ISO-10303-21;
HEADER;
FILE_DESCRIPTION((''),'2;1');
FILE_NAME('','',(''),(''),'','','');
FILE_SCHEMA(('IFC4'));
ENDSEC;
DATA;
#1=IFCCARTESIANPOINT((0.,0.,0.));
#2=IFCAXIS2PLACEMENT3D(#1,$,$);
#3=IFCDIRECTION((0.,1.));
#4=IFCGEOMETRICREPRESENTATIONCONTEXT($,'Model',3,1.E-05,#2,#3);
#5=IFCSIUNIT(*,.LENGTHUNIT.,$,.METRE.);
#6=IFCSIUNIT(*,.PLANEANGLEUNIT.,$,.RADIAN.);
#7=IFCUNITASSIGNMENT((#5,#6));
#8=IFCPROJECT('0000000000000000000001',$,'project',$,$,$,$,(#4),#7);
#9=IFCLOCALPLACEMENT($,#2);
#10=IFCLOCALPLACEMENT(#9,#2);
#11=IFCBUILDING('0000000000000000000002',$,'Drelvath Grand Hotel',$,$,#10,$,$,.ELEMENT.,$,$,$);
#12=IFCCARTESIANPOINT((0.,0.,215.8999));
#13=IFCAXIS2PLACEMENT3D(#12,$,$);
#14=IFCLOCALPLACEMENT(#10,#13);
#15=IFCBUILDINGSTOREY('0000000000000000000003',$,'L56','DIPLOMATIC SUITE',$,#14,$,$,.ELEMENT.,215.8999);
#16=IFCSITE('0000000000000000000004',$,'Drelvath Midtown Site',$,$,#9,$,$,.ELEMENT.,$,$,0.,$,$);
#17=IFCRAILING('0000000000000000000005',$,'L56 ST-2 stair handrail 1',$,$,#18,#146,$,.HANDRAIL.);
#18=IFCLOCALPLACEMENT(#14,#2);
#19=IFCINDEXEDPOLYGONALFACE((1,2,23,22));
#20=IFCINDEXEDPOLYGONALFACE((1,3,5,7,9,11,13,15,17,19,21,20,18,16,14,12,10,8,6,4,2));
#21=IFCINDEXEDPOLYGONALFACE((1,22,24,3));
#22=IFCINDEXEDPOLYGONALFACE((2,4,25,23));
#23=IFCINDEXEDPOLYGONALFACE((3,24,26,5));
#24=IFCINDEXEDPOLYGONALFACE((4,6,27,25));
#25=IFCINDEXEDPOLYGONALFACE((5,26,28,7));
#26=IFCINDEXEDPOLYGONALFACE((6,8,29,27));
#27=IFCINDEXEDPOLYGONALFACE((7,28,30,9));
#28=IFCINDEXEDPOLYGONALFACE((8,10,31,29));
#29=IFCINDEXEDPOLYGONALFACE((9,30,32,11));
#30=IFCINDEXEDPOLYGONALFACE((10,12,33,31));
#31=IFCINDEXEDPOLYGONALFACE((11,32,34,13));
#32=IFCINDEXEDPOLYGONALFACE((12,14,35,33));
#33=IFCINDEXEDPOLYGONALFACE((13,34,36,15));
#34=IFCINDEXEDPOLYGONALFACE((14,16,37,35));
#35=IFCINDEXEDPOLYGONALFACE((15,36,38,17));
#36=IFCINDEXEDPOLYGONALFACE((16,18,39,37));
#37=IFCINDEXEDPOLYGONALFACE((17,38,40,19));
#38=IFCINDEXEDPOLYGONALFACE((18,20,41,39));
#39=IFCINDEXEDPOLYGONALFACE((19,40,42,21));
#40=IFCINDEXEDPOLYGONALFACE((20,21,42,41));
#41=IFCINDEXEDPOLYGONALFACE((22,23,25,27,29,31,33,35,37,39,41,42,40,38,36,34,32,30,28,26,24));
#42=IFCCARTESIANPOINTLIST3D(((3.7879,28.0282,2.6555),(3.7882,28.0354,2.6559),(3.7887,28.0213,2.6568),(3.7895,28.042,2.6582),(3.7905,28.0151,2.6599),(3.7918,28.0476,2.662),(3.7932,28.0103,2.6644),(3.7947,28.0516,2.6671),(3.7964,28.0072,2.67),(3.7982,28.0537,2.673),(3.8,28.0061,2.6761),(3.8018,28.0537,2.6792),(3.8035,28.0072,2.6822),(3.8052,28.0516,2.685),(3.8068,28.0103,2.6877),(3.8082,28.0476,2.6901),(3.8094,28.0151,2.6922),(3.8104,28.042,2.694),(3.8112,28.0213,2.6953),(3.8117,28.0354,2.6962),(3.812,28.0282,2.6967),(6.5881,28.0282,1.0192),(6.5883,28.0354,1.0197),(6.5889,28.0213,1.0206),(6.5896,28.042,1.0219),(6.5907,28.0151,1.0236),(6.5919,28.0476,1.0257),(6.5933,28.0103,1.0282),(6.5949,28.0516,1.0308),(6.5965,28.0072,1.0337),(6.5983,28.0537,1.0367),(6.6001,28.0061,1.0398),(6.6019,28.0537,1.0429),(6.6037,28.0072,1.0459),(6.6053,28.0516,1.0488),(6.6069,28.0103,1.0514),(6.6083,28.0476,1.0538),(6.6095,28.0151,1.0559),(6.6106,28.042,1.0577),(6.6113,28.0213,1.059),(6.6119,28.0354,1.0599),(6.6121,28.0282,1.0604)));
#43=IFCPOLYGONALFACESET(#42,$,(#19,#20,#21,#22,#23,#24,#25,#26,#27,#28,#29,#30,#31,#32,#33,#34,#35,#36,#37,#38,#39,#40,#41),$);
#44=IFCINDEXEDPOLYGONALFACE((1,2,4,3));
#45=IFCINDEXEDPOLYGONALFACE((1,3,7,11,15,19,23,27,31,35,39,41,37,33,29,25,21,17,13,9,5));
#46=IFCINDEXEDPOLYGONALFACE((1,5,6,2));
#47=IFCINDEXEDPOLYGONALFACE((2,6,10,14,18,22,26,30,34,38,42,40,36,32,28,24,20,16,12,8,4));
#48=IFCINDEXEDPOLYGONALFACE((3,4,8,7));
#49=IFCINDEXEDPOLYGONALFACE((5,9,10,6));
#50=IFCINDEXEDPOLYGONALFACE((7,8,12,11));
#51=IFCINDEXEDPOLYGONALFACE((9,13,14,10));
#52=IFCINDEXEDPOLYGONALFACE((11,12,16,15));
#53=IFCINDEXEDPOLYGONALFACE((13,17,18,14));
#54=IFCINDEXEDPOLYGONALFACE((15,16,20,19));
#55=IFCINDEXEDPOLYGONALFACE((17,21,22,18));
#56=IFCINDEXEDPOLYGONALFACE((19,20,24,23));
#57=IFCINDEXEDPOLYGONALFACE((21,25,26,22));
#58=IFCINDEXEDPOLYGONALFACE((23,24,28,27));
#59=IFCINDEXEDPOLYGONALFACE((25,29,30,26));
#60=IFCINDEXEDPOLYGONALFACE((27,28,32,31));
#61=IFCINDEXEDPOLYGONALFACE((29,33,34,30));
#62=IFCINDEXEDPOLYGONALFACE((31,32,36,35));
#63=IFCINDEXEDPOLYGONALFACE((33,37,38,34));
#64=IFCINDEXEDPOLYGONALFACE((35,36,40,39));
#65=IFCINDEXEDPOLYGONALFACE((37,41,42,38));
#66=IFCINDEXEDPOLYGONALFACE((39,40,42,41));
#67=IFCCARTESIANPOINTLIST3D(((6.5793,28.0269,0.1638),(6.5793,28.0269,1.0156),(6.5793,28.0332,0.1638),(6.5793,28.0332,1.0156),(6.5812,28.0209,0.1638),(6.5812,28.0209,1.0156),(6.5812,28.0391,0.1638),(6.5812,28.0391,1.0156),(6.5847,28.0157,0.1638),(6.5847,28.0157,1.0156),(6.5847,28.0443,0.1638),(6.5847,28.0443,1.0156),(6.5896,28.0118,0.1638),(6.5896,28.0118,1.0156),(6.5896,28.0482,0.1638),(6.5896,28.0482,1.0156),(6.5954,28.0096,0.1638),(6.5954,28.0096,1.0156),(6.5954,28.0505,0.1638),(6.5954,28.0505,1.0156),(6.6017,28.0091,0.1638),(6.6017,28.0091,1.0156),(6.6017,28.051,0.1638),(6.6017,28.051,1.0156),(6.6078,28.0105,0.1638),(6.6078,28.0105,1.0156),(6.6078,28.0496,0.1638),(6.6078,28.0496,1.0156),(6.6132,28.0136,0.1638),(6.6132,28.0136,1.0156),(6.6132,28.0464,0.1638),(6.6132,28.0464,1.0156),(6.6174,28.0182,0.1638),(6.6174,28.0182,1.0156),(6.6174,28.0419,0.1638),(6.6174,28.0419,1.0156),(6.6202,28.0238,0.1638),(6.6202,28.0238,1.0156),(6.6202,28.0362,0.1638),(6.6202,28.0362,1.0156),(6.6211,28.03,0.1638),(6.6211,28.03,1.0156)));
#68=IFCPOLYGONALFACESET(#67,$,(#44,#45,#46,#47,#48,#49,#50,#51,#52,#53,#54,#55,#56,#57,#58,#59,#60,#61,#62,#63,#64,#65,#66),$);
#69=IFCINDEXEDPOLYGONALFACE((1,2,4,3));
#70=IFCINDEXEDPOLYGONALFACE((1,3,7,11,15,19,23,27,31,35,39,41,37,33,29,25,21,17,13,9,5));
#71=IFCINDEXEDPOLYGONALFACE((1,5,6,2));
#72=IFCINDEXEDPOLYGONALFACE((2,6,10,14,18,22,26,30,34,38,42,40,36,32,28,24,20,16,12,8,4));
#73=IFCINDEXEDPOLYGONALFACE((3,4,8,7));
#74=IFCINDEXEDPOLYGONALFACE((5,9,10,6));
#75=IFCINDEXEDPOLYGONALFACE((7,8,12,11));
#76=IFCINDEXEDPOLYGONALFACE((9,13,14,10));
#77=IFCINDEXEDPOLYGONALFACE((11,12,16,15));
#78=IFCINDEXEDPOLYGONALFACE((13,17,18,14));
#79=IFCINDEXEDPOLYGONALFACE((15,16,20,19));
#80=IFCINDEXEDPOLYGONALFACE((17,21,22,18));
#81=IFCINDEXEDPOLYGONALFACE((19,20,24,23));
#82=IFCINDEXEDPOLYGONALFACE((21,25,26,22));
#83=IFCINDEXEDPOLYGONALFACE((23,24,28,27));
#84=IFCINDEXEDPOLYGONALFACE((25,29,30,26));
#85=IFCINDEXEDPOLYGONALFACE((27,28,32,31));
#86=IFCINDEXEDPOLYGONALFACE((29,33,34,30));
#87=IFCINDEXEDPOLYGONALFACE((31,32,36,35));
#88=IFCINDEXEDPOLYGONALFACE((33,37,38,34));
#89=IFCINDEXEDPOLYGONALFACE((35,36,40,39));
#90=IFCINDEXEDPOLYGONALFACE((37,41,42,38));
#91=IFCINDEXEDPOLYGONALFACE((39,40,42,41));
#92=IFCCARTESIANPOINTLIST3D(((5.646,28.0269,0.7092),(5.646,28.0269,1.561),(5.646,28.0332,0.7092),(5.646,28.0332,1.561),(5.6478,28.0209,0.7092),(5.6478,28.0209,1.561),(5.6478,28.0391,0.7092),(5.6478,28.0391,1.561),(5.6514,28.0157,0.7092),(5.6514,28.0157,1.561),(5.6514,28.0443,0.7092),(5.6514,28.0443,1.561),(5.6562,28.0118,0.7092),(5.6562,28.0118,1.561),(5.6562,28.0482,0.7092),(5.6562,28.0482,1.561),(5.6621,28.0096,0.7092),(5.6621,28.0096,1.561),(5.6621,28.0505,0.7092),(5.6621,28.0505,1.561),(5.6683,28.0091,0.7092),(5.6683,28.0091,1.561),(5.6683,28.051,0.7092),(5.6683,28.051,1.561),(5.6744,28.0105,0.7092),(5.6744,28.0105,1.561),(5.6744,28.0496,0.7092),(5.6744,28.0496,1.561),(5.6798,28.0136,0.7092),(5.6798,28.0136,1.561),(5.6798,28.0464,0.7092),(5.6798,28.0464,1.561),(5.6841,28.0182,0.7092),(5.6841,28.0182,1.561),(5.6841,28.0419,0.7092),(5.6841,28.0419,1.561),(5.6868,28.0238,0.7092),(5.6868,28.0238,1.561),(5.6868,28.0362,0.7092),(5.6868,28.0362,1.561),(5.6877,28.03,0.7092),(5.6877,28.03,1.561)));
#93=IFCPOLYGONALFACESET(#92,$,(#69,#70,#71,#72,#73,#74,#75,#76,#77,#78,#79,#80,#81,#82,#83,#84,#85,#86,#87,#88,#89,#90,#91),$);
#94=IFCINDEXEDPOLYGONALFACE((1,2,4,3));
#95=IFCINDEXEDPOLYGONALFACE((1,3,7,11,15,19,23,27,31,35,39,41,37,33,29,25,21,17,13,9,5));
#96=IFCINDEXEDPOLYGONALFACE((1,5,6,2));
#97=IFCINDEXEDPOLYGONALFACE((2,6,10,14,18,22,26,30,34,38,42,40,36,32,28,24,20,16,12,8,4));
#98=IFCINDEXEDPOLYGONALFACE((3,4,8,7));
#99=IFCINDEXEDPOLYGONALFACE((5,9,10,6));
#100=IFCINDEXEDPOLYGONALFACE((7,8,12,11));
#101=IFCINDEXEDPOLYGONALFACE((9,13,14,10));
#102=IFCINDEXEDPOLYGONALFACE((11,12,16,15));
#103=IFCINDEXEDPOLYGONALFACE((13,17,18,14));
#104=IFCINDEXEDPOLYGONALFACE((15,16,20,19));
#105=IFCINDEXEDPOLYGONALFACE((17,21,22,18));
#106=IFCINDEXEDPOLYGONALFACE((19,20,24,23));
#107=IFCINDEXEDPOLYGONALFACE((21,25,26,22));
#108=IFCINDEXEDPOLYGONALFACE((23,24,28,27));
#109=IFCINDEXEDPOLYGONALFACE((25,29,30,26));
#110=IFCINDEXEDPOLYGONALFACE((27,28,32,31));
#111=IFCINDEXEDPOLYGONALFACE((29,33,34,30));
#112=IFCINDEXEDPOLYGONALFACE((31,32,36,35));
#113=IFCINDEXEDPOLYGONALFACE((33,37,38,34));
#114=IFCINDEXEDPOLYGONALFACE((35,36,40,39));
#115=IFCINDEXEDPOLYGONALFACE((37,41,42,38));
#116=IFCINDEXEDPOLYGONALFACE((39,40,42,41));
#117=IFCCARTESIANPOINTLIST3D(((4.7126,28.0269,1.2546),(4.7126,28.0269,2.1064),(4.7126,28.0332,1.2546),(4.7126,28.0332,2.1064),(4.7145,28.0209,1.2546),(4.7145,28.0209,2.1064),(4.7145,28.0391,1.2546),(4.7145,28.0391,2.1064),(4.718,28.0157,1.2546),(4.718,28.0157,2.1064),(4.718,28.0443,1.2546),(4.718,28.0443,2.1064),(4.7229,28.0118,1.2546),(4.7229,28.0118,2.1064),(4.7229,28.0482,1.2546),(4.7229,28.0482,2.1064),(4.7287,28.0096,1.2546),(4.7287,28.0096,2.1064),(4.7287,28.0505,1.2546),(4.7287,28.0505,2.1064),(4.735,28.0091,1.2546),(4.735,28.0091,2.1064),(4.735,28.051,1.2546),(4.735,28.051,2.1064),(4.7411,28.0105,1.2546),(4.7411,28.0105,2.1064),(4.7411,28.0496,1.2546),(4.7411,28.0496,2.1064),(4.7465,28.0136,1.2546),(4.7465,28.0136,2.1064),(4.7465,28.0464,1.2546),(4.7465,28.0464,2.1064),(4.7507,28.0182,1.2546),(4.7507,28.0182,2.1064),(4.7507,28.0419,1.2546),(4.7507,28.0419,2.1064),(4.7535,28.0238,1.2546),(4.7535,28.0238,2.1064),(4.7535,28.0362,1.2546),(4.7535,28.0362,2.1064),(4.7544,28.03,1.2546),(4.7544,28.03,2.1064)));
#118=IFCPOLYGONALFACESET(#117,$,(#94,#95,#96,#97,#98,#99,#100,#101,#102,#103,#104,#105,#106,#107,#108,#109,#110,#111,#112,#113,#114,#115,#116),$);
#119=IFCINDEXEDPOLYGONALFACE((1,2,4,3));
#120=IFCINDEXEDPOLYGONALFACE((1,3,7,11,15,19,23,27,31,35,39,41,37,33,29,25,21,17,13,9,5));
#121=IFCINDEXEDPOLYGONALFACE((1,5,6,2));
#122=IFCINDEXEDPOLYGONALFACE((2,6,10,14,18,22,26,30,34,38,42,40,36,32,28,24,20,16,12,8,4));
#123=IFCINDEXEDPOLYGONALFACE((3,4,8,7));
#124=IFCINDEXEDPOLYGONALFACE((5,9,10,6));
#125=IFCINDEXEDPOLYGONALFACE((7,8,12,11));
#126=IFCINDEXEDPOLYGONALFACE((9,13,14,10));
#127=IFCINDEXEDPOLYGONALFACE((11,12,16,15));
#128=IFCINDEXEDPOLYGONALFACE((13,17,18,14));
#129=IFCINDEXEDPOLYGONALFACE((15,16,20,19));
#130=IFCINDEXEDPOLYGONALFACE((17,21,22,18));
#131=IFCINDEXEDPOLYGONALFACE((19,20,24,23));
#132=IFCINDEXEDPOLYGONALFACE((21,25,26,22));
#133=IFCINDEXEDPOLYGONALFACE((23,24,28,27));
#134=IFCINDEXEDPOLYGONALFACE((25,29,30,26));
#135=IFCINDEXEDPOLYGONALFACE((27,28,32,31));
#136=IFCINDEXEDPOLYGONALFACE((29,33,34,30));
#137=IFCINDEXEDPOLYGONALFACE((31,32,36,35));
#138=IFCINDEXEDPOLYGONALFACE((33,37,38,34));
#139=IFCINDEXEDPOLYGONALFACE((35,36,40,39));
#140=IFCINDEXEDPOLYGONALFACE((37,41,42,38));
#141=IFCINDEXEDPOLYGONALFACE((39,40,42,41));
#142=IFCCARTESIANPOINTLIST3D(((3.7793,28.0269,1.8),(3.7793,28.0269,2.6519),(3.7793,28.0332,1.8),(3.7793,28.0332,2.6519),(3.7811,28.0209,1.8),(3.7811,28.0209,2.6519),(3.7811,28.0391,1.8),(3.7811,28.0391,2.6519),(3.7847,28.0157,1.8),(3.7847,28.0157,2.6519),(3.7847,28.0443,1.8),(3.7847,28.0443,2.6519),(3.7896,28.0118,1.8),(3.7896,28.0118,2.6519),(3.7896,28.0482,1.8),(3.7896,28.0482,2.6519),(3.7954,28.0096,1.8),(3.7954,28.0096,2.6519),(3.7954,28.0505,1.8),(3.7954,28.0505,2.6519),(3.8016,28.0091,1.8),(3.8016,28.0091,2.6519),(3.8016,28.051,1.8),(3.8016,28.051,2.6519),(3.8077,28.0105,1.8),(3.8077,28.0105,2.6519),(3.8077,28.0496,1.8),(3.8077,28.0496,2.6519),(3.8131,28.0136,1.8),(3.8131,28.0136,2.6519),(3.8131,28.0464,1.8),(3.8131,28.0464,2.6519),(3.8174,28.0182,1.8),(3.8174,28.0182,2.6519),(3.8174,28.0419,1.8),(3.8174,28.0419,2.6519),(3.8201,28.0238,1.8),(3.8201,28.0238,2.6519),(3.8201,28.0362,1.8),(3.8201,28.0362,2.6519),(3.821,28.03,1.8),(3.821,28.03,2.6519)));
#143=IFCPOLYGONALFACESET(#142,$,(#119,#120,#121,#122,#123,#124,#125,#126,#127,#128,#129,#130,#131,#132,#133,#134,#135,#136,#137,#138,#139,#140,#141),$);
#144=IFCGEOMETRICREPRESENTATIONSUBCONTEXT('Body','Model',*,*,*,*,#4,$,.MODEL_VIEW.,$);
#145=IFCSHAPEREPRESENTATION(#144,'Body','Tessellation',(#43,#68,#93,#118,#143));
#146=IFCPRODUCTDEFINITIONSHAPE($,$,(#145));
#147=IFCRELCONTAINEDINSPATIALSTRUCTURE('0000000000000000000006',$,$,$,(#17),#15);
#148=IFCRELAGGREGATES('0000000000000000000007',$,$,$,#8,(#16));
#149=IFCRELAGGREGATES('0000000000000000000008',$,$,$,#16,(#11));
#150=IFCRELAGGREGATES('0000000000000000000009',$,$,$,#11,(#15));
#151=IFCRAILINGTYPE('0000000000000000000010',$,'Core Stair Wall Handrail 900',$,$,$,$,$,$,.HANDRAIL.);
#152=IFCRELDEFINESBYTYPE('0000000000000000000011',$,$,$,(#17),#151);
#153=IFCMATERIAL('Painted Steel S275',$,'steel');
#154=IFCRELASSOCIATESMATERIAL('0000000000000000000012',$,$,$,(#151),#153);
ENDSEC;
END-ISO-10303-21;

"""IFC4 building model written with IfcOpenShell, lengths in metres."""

from ifc_helpers import new_model, si_unit, direction, frame, origin, origin_2d, place, context, subcontext, project, spatial, circle, extrude, material, type_object, element, save


model = new_model("IFC4")

# Units and contexts
model_context = context("Model", 3, precision=1e-05, world=origin(), true_north=direction((0.0, 1.0)))
body_context = subcontext(model_context, "Body", "Model", "MODEL_VIEW")
ifc_project = project(units=[si_unit("LENGTHUNIT", "METRE"), si_unit("PLANEANGLEUNIT", "RADIAN")], contexts=[model_context])

# Site, building, storey
site_placement = place(None, origin())
site = spatial("IfcSite", under=ifc_project, at=site_placement, Name="Drelvath Midtown Site", CompositionType="ELEMENT", RefElevation=0.0)
building_placement = place(site_placement, origin())
building = spatial("IfcBuilding", under=site, at=building_placement, Name="Drelvath Grand Hotel", CompositionType="ELEMENT")
storey_placement = place(building_placement, frame((0.0, 0.0, 215.8999)))
storey = spatial("IfcBuildingStorey", under=building, at=storey_placement, Name="L56", Description="DIPLOMATIC SUITE", CompositionType="ELEMENT", Elevation=215.8999)

# Shared definitions
ifc_material_1 = material(Name="Painted Steel S275", Category="steel")

# Railing
railing_type_1 = type_object("IfcRailingType", Name="Core Stair Wall Handrail 900", PredefinedType="HANDRAIL", material=ifc_material_1)
railing_1_placement = place(storey_placement, frame((6.6001, 28.03, 0.1638)))
element("IfcRailing", 1, at=railing_1_placement, inside=storey, type_object=railing_type_1, Name="L56 ST-2 stair handrail 1", PredefinedType="HANDRAIL", context=body_context, shape_type="SweptSolid", body=[
    extrude(circle(Radius=0.0239, at=origin_2d()), frame((0.0, 0.0, 0.876), z_axis=(-0.863394, 0.0, 0.504531), x_axis=(0.0, -1.0, 0.0)), (0.0, 0.0, 1.0), 3.2432),
    extrude(circle(Radius=0.021, at=origin_2d()), origin(), (0.0, 0.0, 1.0), 0.8518),
    extrude(circle(Radius=0.021, at=origin_2d()), frame((-0.9333, 0.0, 0.5454)), (0.0, 0.0, 1.0), 0.8518),
    extrude(circle(Radius=0.021, at=origin_2d()), frame((-1.8667, 0.0, 1.0908)), (0.0, 0.0, 1.0), 0.8518),
    extrude(circle(Radius=0.021, at=origin_2d()), frame((-2.8, 0.0, 1.6362)), (0.0, 0.0, 1.0), 0.8518),
])

save(model, "model.ifc")
